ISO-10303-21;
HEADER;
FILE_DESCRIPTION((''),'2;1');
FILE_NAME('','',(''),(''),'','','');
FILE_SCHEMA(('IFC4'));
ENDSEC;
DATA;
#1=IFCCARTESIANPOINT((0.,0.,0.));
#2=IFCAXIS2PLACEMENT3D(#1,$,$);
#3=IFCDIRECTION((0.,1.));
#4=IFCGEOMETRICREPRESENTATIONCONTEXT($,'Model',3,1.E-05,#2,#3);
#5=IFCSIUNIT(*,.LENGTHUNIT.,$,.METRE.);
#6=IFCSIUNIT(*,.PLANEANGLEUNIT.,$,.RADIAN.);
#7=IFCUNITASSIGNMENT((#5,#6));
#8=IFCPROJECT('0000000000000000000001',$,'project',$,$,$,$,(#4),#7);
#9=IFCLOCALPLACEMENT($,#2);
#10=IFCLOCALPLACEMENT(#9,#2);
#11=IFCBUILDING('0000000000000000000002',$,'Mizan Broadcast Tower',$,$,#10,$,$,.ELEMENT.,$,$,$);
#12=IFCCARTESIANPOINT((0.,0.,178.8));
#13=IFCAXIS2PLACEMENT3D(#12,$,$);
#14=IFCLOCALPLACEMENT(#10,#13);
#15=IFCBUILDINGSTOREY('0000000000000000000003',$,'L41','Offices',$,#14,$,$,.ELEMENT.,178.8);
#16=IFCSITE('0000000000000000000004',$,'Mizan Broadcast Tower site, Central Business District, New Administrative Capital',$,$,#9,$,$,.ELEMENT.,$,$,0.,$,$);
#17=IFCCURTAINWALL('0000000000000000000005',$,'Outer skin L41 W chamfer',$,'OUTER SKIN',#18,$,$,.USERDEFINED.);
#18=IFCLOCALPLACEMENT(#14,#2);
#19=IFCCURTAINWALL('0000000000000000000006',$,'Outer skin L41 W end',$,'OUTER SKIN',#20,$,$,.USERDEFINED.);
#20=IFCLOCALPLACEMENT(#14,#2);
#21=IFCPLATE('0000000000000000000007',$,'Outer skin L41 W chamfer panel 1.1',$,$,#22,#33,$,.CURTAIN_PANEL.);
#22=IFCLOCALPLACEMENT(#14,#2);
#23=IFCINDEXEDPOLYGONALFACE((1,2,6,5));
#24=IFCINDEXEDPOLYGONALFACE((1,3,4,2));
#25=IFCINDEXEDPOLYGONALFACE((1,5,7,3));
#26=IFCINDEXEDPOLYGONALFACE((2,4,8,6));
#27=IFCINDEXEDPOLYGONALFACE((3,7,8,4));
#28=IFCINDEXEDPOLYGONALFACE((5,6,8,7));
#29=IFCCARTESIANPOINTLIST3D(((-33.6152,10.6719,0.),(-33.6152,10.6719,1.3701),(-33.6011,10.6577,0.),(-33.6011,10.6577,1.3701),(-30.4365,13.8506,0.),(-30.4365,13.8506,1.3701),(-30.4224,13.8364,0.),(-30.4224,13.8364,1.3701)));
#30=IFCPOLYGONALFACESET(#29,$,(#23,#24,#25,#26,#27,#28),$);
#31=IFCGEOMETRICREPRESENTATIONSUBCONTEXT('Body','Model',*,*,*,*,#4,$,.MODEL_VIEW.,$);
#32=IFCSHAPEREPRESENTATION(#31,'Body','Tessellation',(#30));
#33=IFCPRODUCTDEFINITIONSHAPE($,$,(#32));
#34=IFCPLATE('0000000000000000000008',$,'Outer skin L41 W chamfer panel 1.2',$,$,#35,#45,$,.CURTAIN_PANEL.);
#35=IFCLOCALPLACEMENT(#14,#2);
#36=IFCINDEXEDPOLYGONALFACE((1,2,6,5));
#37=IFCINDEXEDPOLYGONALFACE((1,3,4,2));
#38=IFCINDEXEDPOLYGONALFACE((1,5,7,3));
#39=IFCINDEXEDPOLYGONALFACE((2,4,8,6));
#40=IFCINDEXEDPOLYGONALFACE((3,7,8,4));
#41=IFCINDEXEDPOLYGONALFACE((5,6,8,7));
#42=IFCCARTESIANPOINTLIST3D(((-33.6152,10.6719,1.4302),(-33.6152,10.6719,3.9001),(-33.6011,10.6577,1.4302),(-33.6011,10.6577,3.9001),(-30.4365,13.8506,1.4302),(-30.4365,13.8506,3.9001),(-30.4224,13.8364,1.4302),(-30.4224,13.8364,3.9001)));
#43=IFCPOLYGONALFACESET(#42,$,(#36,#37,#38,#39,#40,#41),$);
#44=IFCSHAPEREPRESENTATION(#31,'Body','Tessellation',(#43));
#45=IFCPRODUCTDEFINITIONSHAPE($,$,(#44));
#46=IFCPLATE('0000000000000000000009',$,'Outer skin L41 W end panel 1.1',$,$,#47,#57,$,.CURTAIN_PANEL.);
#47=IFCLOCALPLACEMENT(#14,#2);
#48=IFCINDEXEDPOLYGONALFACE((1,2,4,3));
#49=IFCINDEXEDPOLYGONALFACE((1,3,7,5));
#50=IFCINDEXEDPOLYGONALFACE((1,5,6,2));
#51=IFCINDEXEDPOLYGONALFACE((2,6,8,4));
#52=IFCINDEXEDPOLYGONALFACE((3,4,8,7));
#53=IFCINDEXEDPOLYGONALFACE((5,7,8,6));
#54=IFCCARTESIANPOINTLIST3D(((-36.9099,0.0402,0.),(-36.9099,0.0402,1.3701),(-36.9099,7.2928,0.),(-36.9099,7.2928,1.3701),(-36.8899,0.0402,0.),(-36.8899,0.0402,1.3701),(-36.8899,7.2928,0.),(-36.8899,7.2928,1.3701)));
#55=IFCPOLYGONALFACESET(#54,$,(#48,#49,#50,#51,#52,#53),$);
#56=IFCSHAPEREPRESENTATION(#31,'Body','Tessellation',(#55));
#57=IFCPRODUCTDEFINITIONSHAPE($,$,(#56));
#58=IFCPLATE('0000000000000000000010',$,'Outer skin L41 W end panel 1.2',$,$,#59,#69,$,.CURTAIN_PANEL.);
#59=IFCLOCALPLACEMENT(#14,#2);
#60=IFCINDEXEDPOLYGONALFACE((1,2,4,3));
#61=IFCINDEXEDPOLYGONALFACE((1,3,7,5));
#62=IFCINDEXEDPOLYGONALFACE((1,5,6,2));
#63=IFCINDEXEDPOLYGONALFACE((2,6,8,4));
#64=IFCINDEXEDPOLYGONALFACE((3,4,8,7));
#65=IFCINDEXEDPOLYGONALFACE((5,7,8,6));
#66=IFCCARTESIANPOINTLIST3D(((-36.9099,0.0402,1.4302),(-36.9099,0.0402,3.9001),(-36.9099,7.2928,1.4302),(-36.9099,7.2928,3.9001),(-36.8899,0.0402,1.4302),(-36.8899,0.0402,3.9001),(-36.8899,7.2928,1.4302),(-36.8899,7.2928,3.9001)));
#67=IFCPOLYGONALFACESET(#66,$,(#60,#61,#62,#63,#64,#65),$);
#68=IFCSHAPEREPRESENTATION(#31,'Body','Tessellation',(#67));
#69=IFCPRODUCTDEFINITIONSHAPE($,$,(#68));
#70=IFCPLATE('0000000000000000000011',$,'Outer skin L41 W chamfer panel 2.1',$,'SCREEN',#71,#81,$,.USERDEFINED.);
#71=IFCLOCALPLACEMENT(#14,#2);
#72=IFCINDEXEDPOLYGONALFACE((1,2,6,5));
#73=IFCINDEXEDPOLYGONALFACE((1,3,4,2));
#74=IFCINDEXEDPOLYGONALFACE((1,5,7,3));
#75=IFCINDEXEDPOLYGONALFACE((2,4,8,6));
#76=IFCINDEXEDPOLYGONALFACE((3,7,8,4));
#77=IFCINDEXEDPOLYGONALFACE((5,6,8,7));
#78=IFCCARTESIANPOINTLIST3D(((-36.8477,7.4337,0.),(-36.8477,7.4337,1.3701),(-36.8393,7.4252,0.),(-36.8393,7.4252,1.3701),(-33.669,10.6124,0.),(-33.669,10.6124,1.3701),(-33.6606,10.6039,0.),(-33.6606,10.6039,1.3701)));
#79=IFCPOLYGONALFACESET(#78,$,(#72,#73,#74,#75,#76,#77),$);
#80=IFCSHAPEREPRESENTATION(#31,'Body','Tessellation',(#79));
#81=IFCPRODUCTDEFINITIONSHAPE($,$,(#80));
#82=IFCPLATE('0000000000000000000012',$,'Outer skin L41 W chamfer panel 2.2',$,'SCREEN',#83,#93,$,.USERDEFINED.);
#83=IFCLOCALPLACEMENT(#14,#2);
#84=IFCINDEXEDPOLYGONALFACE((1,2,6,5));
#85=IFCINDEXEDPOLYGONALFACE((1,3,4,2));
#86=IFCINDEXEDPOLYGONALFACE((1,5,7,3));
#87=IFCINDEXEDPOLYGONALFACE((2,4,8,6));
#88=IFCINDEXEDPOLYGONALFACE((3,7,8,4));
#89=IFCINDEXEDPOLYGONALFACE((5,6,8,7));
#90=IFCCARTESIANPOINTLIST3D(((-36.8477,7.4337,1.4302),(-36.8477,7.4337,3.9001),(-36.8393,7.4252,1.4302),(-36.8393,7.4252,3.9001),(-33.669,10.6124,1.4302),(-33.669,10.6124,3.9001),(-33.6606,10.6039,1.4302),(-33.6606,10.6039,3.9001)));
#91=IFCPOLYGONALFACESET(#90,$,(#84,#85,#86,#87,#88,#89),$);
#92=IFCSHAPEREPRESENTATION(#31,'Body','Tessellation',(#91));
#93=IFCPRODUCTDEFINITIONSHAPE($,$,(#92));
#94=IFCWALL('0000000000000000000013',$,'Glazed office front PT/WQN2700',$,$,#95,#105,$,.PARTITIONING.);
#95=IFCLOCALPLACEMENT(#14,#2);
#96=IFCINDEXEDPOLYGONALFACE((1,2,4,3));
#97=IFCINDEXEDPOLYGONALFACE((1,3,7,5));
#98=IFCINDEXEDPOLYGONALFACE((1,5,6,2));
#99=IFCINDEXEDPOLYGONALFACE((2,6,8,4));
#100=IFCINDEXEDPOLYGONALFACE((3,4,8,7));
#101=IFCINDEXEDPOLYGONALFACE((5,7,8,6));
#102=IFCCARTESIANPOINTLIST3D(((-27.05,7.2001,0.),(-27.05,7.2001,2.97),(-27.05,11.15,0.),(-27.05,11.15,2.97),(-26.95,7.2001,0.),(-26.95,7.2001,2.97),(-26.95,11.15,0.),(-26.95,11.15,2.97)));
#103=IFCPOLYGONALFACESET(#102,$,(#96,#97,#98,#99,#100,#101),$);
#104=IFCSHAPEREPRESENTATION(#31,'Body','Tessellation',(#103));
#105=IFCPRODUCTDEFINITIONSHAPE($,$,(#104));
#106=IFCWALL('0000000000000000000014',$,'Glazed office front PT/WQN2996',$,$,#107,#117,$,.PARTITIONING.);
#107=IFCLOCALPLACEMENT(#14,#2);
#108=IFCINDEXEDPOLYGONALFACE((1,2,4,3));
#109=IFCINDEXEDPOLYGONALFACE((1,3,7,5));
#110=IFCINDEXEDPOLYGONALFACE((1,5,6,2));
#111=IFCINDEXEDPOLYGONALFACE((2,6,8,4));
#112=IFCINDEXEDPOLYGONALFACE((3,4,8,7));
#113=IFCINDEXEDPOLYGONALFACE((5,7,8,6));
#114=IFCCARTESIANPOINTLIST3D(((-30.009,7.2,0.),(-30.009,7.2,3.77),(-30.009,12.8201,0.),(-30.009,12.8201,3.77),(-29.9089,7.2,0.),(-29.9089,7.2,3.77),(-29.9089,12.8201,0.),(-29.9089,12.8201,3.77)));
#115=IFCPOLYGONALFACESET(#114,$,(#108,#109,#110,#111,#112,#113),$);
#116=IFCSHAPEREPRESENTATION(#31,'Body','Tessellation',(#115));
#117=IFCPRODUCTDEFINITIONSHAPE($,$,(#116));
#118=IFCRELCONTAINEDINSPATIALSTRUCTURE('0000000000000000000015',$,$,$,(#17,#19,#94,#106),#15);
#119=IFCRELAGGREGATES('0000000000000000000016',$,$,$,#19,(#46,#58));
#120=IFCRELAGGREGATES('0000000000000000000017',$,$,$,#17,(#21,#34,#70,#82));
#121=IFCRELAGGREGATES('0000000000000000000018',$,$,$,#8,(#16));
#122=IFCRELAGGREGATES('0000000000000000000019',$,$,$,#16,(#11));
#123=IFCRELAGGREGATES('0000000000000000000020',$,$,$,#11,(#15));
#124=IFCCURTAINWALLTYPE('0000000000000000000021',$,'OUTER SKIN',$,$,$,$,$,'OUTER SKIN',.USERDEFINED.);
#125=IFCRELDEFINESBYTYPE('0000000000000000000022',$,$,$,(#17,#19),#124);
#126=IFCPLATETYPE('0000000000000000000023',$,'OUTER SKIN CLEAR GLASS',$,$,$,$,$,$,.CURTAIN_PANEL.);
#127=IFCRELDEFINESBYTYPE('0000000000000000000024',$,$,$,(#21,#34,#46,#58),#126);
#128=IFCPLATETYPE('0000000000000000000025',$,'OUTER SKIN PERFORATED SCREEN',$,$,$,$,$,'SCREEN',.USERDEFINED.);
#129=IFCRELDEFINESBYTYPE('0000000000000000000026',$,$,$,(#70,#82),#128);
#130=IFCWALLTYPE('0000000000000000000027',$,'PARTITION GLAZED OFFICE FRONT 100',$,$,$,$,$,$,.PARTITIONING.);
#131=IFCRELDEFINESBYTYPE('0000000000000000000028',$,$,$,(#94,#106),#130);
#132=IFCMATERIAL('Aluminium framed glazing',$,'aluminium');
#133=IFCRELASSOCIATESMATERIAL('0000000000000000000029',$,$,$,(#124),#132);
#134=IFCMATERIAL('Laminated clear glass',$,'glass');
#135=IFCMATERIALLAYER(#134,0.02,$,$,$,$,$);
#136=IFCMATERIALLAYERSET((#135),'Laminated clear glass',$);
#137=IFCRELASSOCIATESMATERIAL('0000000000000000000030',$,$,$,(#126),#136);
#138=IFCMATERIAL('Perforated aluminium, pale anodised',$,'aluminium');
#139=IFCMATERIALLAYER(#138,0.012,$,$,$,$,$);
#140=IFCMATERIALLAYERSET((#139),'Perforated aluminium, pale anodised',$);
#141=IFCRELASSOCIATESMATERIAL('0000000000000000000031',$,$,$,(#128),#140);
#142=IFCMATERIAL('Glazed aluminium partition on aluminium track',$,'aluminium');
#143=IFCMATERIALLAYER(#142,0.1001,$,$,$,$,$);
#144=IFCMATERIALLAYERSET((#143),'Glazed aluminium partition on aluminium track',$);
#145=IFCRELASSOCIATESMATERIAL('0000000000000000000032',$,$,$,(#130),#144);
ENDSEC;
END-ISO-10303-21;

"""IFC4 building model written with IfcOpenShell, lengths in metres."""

from ifc_helpers import new_model, si_unit, direction, frame, frame_2d, origin, origin_2d, place, context, subcontext, project, spatial, rectangle, extrude, material, layer, layer_set, type_object, element, aggregate, save


model = new_model("IFC4")

# Units and contexts
model_context = context("Model", 3, precision=1e-05, world=origin(), true_north=direction((0.0, 1.0)))
body_context = subcontext(model_context, "Body", "Model", "MODEL_VIEW")
ifc_project = project(units=[si_unit("LENGTHUNIT", "METRE"), si_unit("PLANEANGLEUNIT", "RADIAN")], contexts=[model_context])

# Site, building, storey
site_placement = place(None, origin())
site = spatial("IfcSite", under=ifc_project, at=site_placement, Name="Mizan Broadcast Tower site, Central Business District, New Administrative Capital", CompositionType="ELEMENT", RefElevation=0.0)
building_placement = place(site_placement, origin())
building = spatial("IfcBuilding", under=site, at=building_placement, Name="Mizan Broadcast Tower", CompositionType="ELEMENT")
storey_placement = place(building_placement, frame((0.0, 0.0, 178.8)))
storey = spatial("IfcBuildingStorey", under=building, at=storey_placement, Name="L41", Description="Offices", CompositionType="ELEMENT", Elevation=178.8)

# Shared definitions
ifc_material_1 = material(Name="Aluminium framed glazing", Category="aluminium")
curtain_wall_type_1 = type_object("IfcCurtainWallType", Name="OUTER SKIN", ElementType="OUTER SKIN", PredefinedType="USERDEFINED", material=ifc_material_1)

# Curtain wall
curtain_wall_1_placement = place(storey_placement, origin())
curtain_wall_1 = element("IfcCurtainWall", 1, at=curtain_wall_1_placement, inside=storey, type_object=curtain_wall_type_1, Name="Outer skin L41 W chamfer", ObjectType="OUTER SKIN", PredefinedType="USERDEFINED")

# Curtain wall
curtain_wall_2_placement = place(storey_placement, origin())
curtain_wall_2 = element("IfcCurtainWall", 2, at=curtain_wall_2_placement, inside=storey, type_object=curtain_wall_type_1, Name="Outer skin L41 W end", ObjectType="OUTER SKIN", PredefinedType="USERDEFINED")

# Plates
ifc_material_2 = material(Name="Laminated clear glass", Category="glass")
ifc_layer_1 = layer(ifc_material_2, 0.02)
ifc_layer_set_1 = layer_set([ifc_layer_1], Name="Laminated clear glass")
plate_type_1 = type_object("IfcPlateType", Name="OUTER SKIN CLEAR GLASS", PredefinedType="CURTAIN_PANEL", material=ifc_layer_set_1)
plate_1_placement = place(storey_placement, frame((-32.0188, 12.2542, 0.0), z_axis=(0.0, 0.0, 1.0), x_axis=(-0.707107, -0.707107, 0.0)))
plate_1 = element("IfcPlate", 3, at=plate_1_placement, type_object=plate_type_1, Name="Outer skin L41 W chamfer panel 1.1", PredefinedType="CURTAIN_PANEL", context=body_context, shape_type="SweptSolid", body=[
    extrude(rectangle(XDim=4.4954, YDim=0.02, at=origin_2d()), origin(), (0.0, 0.0, 1.0), 1.3701),
])
plate_2_placement = place(storey_placement, frame((-32.0188, 12.2542, 1.4302), z_axis=(0.0, 0.0, 1.0), x_axis=(-0.707107, -0.707107, 0.0)))
plate_2 = element("IfcPlate", 4, at=plate_2_placement, type_object=plate_type_1, Name="Outer skin L41 W chamfer panel 1.2", PredefinedType="CURTAIN_PANEL", context=body_context, shape_type="SweptSolid", body=[
    extrude(rectangle(XDim=4.4954, YDim=0.02, at=origin_2d()), origin(), (0.0, 0.0, 1.0), 2.47),
])
plate_3_placement = place(storey_placement, frame((-36.8999, 3.6665, 0.0), z_axis=(0.0, 0.0, 1.0), x_axis=(0.0, -1.0, 0.0)))
plate_3 = element("IfcPlate", 5, at=plate_3_placement, type_object=plate_type_1, Name="Outer skin L41 W end panel 1.1", PredefinedType="CURTAIN_PANEL", context=body_context, shape_type="SweptSolid", body=[
    extrude(rectangle(XDim=7.2527, YDim=0.02, at=origin_2d()), origin(), (0.0, 0.0, 1.0), 1.3701),
])
plate_4_placement = place(storey_placement, frame((-36.8999, 3.6665, 1.4302), z_axis=(0.0, 0.0, 1.0), x_axis=(0.0, -1.0, 0.0)))
plate_4 = element("IfcPlate", 6, at=plate_4_placement, type_object=plate_type_1, Name="Outer skin L41 W end panel 1.2", PredefinedType="CURTAIN_PANEL", context=body_context, shape_type="SweptSolid", body=[
    extrude(rectangle(XDim=7.2527, YDim=0.02, at=origin_2d()), origin(), (0.0, 0.0, 1.0), 2.47),
])
aggregate(curtain_wall_2, [plate_3, plate_4])
ifc_material_3 = material(Name="Perforated aluminium, pale anodised", Category="aluminium")
ifc_layer_2 = layer(ifc_material_3, 0.012)
ifc_layer_set_2 = layer_set([ifc_layer_2], Name="Perforated aluminium, pale anodised")
plate_type_2 = type_object("IfcPlateType", Name="OUTER SKIN PERFORATED SCREEN", ElementType="SCREEN", PredefinedType="USERDEFINED", material=ifc_layer_set_2)
plate_5_placement = place(storey_placement, frame((-35.2542, 9.0188, 0.0), z_axis=(0.0, 0.0, 1.0), x_axis=(-0.707107, -0.707107, 0.0)))
plate_5 = element("IfcPlate", 7, at=plate_5_placement, type_object=plate_type_2, Name="Outer skin L41 W chamfer panel 2.1", ObjectType="SCREEN", PredefinedType="USERDEFINED", context=body_context, shape_type="SweptSolid", body=[
    extrude(rectangle(XDim=4.4954, YDim=0.012, at=origin_2d()), origin(), (0.0, 0.0, 1.0), 1.3701),
])
plate_6_placement = place(storey_placement, frame((-35.2542, 9.0188, 1.4302), z_axis=(0.0, 0.0, 1.0), x_axis=(-0.707107, -0.707107, 0.0)))
plate_6 = element("IfcPlate", 8, at=plate_6_placement, type_object=plate_type_2, Name="Outer skin L41 W chamfer panel 2.2", ObjectType="SCREEN", PredefinedType="USERDEFINED", context=body_context, shape_type="SweptSolid", body=[
    extrude(rectangle(XDim=4.4954, YDim=0.012, at=origin_2d()), origin(), (0.0, 0.0, 1.0), 2.47),
])
aggregate(curtain_wall_1, [plate_1, plate_2, plate_5, plate_6])

# Walls
ifc_material_4 = material(Name="Glazed aluminium partition on aluminium track", Category="aluminium")
ifc_layer_3 = layer(ifc_material_4, 0.1001)
ifc_layer_set_3 = layer_set([ifc_layer_3], Name="Glazed aluminium partition on aluminium track")
wall_type = type_object("IfcWallType", Name="PARTITION GLAZED OFFICE FRONT 100", PredefinedType="PARTITIONING", material=ifc_layer_set_3)
wall_1_placement = place(storey_placement, frame((-27.0, 7.2, 0.0), z_axis=(0.0, 0.0, 1.0), x_axis=(0.0, 1.0, 0.0)))
element("IfcWall", 9, at=wall_1_placement, inside=storey, type_object=wall_type, Name="Glazed office front PT/WQN2700", PredefinedType="PARTITIONING", context=body_context, shape_type="SweptSolid", body=[
    extrude(rectangle(XDim=3.95, YDim=0.1001, at=frame_2d((1.9751, 0.0))), origin(), (0.0, 0.0, 1.0), 2.97),
])
wall_2_placement = place(storey_placement, frame((-29.959, 7.2, 0.0), z_axis=(0.0, 0.0, 1.0), x_axis=(0.0, 1.0, 0.0)))
element("IfcWall", 10, at=wall_2_placement, inside=storey, type_object=wall_type, Name="Glazed office front PT/WQN2996", PredefinedType="PARTITIONING", context=body_context, shape_type="SweptSolid", body=[
    extrude(rectangle(XDim=5.6201, YDim=0.1001, at=frame_2d((2.8101, 0.0))), origin(), (0.0, 0.0, 1.0), 3.77),
])

save(model, "model.ifc")
